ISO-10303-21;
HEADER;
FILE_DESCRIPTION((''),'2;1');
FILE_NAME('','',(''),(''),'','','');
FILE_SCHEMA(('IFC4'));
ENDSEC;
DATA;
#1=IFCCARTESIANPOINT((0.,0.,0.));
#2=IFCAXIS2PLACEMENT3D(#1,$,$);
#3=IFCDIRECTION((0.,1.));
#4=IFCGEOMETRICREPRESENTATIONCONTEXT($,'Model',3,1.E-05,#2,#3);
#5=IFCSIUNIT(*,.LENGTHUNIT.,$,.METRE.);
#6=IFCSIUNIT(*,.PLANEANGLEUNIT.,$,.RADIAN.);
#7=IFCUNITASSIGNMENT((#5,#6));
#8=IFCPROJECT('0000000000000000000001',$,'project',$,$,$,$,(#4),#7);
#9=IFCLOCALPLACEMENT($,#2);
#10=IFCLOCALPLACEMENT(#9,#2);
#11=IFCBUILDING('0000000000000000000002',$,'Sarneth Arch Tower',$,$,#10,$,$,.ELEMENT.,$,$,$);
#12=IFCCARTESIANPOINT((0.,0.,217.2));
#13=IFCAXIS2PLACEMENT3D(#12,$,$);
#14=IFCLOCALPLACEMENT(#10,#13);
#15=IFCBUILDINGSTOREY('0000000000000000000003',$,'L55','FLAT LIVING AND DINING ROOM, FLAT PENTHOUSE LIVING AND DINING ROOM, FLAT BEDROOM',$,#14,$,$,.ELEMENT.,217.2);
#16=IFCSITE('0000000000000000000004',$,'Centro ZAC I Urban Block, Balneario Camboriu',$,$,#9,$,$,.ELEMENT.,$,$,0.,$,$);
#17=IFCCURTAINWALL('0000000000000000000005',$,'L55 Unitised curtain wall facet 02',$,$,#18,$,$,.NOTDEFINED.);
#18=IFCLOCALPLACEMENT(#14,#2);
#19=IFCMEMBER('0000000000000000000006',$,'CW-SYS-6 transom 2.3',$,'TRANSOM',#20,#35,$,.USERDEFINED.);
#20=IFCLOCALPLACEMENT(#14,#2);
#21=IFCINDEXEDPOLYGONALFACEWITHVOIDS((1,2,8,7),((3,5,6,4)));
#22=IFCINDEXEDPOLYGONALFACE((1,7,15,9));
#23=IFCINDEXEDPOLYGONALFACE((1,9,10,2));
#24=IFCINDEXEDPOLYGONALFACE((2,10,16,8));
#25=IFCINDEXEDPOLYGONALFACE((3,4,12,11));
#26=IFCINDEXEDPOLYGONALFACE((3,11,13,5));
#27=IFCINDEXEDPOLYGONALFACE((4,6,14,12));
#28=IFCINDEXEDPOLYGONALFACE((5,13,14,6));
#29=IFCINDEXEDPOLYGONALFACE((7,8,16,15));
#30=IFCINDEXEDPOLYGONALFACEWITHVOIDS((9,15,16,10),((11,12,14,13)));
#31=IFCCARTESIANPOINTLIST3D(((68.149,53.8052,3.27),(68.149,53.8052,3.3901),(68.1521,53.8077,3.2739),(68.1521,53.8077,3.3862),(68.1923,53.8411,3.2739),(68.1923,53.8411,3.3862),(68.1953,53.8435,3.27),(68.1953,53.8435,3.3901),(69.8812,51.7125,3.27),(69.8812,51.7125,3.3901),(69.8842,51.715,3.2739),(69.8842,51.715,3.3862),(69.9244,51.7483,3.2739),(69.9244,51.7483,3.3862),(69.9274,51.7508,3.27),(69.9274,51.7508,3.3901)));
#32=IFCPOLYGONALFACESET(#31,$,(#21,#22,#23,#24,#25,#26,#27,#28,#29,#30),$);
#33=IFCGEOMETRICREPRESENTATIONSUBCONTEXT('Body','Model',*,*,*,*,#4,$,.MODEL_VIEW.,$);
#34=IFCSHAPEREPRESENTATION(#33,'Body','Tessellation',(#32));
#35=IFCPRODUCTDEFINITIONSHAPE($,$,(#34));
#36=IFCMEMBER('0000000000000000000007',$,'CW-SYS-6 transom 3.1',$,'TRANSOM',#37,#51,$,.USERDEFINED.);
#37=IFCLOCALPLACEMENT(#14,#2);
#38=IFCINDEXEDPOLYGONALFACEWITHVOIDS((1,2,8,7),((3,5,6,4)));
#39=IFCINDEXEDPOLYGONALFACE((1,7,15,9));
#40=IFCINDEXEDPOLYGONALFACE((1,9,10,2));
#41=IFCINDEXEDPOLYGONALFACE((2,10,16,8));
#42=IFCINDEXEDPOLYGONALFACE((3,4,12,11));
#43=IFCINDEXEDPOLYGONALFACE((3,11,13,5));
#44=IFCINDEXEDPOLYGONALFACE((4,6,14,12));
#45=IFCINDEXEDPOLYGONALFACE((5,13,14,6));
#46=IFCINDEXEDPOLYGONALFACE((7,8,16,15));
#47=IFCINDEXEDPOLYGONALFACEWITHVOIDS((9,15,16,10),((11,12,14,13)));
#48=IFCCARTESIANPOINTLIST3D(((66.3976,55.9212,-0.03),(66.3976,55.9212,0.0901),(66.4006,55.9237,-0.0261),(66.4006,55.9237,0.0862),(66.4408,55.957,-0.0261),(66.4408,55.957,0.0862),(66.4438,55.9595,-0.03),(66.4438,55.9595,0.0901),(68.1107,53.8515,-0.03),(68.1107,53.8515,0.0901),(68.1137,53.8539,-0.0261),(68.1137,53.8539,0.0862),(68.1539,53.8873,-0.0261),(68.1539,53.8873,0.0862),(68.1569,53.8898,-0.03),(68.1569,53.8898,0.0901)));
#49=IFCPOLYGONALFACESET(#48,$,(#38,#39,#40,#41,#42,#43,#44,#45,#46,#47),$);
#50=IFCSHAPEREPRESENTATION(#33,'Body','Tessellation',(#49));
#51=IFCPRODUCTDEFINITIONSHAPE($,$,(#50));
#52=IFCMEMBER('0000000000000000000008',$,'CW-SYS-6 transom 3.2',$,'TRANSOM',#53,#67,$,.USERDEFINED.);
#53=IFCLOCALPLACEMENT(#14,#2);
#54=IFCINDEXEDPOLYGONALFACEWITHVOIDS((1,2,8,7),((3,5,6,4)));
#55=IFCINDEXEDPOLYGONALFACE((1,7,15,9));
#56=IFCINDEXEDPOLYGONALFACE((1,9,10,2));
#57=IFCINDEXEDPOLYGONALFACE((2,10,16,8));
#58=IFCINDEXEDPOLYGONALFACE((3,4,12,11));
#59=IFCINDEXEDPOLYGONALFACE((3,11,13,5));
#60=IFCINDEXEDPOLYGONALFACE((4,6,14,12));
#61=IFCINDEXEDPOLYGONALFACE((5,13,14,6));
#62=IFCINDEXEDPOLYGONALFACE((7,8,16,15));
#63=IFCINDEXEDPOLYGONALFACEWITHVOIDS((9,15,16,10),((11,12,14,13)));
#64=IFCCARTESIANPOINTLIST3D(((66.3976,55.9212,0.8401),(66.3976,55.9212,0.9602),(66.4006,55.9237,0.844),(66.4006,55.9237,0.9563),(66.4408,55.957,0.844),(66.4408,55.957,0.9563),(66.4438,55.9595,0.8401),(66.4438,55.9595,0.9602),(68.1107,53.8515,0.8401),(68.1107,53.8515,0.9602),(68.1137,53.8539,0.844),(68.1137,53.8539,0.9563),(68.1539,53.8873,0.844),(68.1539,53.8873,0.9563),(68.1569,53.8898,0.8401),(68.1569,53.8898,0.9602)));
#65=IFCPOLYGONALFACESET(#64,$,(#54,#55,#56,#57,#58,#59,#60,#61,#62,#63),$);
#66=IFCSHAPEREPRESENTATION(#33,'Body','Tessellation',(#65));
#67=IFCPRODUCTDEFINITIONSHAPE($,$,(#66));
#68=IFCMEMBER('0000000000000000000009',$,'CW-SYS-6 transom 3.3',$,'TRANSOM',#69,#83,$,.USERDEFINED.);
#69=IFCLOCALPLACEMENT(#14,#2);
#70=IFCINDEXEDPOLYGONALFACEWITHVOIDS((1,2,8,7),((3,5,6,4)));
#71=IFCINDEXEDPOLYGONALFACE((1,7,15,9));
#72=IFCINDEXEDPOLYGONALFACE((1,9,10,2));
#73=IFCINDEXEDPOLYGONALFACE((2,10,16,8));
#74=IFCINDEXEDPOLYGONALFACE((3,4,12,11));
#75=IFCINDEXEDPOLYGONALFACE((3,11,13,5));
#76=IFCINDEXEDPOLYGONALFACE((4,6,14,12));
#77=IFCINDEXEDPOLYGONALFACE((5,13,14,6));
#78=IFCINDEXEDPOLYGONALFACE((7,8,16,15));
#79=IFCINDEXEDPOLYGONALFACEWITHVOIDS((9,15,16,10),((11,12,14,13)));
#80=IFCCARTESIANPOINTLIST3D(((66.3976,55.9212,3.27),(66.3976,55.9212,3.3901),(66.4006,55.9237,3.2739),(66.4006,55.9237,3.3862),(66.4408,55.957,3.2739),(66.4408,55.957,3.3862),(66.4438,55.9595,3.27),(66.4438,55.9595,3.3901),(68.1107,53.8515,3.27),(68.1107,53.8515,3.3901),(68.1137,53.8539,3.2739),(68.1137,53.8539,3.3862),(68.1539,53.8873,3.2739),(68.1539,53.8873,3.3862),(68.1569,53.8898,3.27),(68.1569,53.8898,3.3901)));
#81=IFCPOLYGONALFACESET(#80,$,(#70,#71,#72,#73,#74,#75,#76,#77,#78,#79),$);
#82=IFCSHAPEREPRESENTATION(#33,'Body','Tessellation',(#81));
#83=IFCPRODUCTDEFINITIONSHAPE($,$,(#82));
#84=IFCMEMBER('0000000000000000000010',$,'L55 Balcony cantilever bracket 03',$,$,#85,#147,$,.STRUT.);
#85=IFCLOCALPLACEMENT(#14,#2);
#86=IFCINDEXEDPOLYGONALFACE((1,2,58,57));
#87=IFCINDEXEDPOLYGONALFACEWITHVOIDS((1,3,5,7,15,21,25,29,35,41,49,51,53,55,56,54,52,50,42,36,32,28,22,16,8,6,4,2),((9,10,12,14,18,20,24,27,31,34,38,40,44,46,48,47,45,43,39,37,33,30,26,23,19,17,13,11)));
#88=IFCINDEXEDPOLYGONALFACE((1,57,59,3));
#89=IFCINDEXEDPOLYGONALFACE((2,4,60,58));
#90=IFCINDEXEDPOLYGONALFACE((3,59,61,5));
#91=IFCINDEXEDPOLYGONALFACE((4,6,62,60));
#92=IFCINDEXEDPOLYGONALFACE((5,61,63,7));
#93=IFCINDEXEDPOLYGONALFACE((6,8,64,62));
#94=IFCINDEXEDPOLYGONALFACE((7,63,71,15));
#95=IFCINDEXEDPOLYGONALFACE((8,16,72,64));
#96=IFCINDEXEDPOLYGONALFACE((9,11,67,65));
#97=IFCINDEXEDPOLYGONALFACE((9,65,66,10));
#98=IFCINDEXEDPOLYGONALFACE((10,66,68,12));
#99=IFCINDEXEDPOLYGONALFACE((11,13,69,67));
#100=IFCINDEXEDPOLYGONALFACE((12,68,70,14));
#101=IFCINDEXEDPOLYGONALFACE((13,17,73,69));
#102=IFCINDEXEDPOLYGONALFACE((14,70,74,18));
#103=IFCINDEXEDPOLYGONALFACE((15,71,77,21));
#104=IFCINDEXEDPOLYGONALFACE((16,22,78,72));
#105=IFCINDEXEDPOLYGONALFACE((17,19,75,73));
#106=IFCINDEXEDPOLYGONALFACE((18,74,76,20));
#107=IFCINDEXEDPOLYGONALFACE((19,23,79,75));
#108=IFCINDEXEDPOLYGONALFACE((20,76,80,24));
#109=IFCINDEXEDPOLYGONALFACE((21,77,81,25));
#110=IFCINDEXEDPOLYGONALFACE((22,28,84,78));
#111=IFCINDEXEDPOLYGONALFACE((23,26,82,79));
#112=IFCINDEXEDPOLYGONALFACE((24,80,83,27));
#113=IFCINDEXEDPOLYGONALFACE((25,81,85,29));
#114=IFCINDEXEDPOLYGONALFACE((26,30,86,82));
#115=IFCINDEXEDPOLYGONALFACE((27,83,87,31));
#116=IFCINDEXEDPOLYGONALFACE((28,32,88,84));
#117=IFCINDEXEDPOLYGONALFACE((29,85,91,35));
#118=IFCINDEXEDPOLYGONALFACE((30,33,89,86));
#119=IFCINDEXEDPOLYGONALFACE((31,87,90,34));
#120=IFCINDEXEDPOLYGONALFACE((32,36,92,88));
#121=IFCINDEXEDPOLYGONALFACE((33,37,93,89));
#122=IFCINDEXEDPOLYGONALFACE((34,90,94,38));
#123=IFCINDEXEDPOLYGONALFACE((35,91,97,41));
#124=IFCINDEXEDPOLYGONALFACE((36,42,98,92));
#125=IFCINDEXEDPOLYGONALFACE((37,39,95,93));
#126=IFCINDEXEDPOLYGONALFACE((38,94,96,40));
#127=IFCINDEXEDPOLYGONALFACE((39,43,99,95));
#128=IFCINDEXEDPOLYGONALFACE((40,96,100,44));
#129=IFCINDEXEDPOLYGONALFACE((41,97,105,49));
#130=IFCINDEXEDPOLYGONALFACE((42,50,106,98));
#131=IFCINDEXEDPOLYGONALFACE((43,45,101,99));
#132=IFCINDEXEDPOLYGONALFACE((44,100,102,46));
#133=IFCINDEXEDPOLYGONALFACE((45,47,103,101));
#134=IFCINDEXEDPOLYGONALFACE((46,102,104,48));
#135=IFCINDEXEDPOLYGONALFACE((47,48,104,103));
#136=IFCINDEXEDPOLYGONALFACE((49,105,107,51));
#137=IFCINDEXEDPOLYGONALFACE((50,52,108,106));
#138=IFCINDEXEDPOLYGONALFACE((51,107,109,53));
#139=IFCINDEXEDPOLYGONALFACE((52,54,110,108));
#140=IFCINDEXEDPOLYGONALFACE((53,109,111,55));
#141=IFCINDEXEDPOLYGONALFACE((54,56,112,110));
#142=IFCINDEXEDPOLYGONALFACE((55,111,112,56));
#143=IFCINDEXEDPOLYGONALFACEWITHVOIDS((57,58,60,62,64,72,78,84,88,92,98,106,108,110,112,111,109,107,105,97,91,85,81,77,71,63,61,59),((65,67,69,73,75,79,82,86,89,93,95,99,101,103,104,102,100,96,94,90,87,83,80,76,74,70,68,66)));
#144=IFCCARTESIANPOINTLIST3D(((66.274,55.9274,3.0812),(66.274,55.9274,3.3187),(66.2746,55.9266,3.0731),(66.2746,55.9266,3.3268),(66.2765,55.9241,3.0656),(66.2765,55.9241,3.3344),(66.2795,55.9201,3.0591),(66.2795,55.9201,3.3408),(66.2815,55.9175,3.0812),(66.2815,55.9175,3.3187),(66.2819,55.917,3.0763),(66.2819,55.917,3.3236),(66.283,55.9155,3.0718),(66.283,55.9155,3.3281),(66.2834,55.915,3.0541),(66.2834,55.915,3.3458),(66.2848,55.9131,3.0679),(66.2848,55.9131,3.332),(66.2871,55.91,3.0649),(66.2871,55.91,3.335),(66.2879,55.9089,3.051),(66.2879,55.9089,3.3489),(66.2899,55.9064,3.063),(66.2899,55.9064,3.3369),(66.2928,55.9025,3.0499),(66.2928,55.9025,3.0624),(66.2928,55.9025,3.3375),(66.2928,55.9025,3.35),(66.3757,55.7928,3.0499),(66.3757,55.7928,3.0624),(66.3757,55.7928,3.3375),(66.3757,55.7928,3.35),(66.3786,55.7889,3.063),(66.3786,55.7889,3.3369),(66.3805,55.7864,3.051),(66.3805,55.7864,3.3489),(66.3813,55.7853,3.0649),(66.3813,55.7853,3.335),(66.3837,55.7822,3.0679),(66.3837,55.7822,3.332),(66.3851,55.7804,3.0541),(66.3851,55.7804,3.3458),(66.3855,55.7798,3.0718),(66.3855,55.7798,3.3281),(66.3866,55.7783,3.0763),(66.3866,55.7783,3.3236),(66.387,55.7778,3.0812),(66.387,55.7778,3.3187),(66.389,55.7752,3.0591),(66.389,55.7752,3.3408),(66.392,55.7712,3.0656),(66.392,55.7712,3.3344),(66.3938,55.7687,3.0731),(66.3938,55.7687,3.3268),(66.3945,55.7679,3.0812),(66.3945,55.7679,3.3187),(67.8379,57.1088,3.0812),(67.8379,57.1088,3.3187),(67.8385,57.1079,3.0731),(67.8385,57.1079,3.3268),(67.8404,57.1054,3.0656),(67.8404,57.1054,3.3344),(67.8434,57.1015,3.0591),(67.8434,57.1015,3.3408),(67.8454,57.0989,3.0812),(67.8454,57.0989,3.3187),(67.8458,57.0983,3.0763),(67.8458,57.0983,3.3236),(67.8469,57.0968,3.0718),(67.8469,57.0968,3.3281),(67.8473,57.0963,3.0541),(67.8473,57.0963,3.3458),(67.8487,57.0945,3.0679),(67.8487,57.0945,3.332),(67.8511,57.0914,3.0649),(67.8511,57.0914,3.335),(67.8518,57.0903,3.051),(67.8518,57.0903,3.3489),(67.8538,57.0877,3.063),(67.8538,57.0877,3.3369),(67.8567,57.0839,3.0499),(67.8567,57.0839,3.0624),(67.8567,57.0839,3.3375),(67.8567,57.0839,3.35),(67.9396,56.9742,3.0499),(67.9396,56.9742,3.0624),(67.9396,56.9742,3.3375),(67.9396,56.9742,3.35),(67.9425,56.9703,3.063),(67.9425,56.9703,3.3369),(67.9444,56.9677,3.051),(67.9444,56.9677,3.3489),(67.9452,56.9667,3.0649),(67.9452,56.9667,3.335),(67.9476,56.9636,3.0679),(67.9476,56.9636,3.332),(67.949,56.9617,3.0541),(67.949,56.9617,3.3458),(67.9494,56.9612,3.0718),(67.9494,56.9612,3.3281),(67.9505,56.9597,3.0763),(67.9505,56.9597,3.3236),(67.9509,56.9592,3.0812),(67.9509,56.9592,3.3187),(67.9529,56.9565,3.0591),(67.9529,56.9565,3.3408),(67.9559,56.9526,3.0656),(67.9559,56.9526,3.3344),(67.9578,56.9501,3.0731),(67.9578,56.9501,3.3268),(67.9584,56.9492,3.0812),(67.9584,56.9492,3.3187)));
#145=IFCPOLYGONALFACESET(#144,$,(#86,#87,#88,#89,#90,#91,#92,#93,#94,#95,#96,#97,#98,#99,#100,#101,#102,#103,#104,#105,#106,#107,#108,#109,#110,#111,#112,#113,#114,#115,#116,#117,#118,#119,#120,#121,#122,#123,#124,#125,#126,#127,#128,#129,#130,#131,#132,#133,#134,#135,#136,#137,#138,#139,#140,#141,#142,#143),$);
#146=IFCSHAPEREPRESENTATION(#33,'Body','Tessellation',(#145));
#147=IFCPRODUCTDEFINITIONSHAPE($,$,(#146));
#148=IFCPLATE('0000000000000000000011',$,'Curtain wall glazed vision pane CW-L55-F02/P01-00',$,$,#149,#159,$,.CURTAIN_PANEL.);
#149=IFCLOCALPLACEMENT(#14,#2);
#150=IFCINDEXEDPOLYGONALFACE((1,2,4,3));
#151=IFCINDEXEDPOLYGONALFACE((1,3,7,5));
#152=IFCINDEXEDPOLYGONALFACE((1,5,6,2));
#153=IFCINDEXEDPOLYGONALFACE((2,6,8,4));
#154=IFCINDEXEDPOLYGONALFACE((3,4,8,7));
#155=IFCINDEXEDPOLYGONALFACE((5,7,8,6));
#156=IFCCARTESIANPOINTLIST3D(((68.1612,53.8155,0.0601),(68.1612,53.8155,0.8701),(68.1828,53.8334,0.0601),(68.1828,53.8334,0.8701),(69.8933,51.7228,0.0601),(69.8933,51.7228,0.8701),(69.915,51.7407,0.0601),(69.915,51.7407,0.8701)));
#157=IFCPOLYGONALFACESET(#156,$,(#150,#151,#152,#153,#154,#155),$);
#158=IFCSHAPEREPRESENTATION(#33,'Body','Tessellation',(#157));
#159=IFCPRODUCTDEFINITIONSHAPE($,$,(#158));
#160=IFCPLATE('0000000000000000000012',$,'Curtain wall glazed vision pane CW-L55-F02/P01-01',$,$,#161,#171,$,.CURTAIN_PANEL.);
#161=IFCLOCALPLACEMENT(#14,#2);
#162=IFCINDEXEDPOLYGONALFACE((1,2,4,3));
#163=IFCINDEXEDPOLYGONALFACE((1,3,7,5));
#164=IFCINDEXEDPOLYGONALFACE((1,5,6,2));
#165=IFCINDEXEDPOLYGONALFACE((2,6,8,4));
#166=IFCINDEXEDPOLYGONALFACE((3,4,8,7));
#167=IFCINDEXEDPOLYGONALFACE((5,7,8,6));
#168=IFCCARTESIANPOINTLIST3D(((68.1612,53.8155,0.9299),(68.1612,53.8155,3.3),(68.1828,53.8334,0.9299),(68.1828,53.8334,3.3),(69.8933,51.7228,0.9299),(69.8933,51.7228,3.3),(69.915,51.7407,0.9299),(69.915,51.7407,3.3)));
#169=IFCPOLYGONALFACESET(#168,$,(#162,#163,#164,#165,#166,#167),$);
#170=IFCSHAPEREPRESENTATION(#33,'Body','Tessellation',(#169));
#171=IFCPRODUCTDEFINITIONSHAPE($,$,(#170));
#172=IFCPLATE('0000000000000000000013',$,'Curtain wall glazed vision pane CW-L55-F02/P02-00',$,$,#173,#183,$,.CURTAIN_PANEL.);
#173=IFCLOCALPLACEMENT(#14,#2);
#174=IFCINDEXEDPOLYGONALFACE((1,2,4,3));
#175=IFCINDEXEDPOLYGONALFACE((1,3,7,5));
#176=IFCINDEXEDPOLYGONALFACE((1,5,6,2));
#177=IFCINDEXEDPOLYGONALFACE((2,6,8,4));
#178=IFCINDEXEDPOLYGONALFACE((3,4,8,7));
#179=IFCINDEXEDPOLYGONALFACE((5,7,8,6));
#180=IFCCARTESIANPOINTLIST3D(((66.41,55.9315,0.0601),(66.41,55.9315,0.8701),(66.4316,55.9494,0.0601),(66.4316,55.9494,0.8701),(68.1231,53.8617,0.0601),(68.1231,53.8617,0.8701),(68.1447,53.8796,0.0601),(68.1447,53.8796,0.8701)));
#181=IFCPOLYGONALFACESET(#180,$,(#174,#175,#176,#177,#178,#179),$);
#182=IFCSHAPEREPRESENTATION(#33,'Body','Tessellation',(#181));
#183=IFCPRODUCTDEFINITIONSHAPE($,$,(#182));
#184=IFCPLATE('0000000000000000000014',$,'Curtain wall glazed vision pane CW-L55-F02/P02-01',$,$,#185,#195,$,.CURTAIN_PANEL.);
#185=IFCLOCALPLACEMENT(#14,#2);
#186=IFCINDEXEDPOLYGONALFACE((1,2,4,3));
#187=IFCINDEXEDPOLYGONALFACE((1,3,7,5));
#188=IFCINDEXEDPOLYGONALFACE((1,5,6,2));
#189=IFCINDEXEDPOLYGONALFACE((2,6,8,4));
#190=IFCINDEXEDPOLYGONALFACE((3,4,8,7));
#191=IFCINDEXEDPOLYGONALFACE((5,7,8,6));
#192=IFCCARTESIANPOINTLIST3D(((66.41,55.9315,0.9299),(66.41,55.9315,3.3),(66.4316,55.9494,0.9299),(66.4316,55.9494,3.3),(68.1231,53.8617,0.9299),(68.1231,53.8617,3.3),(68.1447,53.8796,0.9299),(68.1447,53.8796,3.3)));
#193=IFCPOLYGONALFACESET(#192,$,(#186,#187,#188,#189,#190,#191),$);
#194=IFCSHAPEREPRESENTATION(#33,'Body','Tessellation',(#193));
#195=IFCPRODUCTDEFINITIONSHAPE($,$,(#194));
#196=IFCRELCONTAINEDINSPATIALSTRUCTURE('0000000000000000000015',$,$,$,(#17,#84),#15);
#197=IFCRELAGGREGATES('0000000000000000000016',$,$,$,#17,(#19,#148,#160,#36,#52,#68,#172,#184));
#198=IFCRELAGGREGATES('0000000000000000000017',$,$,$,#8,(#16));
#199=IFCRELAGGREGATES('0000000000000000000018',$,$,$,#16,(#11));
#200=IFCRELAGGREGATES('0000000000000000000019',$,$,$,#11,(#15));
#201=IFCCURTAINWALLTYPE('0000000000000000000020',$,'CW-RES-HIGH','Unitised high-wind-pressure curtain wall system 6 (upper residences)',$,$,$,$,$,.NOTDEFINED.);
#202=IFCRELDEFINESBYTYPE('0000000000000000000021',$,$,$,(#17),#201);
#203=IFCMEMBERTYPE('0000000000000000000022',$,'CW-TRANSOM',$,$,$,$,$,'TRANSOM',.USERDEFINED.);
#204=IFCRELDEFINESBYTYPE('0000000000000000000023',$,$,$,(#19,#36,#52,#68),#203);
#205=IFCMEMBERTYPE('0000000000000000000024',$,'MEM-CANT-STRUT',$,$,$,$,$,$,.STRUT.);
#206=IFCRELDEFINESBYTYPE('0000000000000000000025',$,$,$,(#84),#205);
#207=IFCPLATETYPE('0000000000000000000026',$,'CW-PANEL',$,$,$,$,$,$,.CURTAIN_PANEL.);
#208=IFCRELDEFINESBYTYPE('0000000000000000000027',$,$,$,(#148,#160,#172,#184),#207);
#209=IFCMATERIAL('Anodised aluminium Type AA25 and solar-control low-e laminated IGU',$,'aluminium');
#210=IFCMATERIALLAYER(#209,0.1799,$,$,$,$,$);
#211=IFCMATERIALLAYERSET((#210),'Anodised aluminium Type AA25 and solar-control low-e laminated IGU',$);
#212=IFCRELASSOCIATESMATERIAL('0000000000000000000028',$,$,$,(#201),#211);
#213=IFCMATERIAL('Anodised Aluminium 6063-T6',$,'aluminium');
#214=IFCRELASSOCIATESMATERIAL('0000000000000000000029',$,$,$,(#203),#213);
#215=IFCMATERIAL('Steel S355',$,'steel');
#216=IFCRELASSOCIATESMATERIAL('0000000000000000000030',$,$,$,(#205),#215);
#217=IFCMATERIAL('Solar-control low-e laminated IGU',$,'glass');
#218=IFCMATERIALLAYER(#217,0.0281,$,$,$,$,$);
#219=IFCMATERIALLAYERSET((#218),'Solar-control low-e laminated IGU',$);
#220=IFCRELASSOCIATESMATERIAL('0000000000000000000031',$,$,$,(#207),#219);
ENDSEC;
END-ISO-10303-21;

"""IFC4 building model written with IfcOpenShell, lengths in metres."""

from ifc_helpers import new_model, si_unit, direction, frame, origin, origin_2d, place, context, subcontext, project, spatial, rectangle, hollow_rectangle, extrude, material, layer, layer_set, material_profile, profile_set, type_object, element, aggregate, save


model = new_model("IFC4")

# Units and contexts
model_context = context("Model", 3, precision=1e-05, world=origin(), true_north=direction((0.0, 1.0)))
body_context = subcontext(model_context, "Body", "Model", "MODEL_VIEW")
ifc_project = project(units=[si_unit("LENGTHUNIT", "METRE"), si_unit("PLANEANGLEUNIT", "RADIAN")], contexts=[model_context])

# Site, building, storey
site_placement = place(None, origin())
site = spatial("IfcSite", under=ifc_project, at=site_placement, Name="Centro ZAC I Urban Block, Balneario Camboriu", CompositionType="ELEMENT", RefElevation=0.0)
building_placement = place(site_placement, origin())
building = spatial("IfcBuilding", under=site, at=building_placement, Name="Sarneth Arch Tower", CompositionType="ELEMENT")
storey_placement = place(building_placement, frame((0.0, 0.0, 217.2)))
storey = spatial("IfcBuildingStorey", under=building, at=storey_placement, Name="L55", Description="FLAT LIVING AND DINING ROOM, FLAT PENTHOUSE LIVING AND DINING ROOM, FLAT BEDROOM", CompositionType="ELEMENT", Elevation=217.2)

# Curtain wall, members
ifc_material_1 = material(Name="Anodised aluminium Type AA25 and solar-control low-e laminated IGU", Category="aluminium")
ifc_layer_1 = layer(ifc_material_1, 0.1799)
ifc_layer_set_1 = layer_set([ifc_layer_1], Name="Anodised aluminium Type AA25 and solar-control low-e laminated IGU")
curtain_wall_type = type_object("IfcCurtainWallType", Name="CW-RES-HIGH", Description="Unitised high-wind-pressure curtain wall system 6 (upper residences)", PredefinedType="NOTDEFINED", material=ifc_layer_set_1)
curtain_wall_placement = place(storey_placement, origin())
curtain_wall = element("IfcCurtainWall", 1, at=curtain_wall_placement, inside=storey, type_object=curtain_wall_type, Name="L55 Unitised curtain wall facet 02", PredefinedType="NOTDEFINED")
ifc_material_2 = material(Name="Anodised Aluminium 6063-T6", Category="aluminium")
ifc_material_profile_1 = material_profile(ifc_material_2, hollow_rectangle(XDim=0.0601, YDim=0.1201, WallThickness=0.0039, at=origin_2d()), Name="AL-TRAN-120x60x4")
ifc_profile_set_1 = profile_set([ifc_material_profile_1], Name="Anodised Aluminium 6063-T6")
member_type_1 = type_object("IfcMemberType", Name="CW-TRANSOM", ElementType="TRANSOM", PredefinedType="USERDEFINED", material=ifc_profile_set_1)
member_1_placement = place(storey_placement, frame((69.9043, 51.7317, 3.3301), z_axis=(-0.637617, 0.770353, 0.0), x_axis=(-0.770353, -0.637617, 0.0)))
member_1 = element("IfcMember", 2, at=member_1_placement, type_object=member_type_1, Name="CW-SYS-6 transom 2.3", ObjectType="TRANSOM", PredefinedType="USERDEFINED", context=body_context, shape_type="SweptSolid", body=[
    extrude(hollow_rectangle(XDim=0.0601, YDim=0.1201, WallThickness=0.0039, at=origin_2d()), origin(), (0.0, 0.0, 1.0), 2.7166),
])
member_2_placement = place(storey_placement, frame((68.1338, 53.8706, 0.03), z_axis=(-0.637607, 0.770362, 0.0), x_axis=(-0.770362, -0.637607, 0.0)))
member_2 = element("IfcMember", 3, at=member_2_placement, type_object=member_type_1, Name="CW-SYS-6 transom 3.1", ObjectType="TRANSOM", PredefinedType="USERDEFINED", context=body_context, shape_type="SweptSolid", body=[
    extrude(hollow_rectangle(XDim=0.0601, YDim=0.1201, WallThickness=0.0039, at=origin_2d()), origin(), (0.0, 0.0, 1.0), 2.6868),
])
member_3_placement = place(storey_placement, frame((68.1338, 53.8706, 0.9001), z_axis=(-0.637607, 0.770362, 0.0), x_axis=(-0.770362, -0.637607, 0.0)))
member_3 = element("IfcMember", 4, at=member_3_placement, type_object=member_type_1, Name="CW-SYS-6 transom 3.2", ObjectType="TRANSOM", PredefinedType="USERDEFINED", context=body_context, shape_type="SweptSolid", body=[
    extrude(hollow_rectangle(XDim=0.0601, YDim=0.1201, WallThickness=0.0039, at=origin_2d()), origin(), (0.0, 0.0, 1.0), 2.6868),
])
member_4_placement = place(storey_placement, frame((68.1338, 53.8706, 3.3301), z_axis=(-0.637607, 0.770362, 0.0), x_axis=(-0.770362, -0.637607, 0.0)))
member_4 = element("IfcMember", 5, at=member_4_placement, type_object=member_type_1, Name="CW-SYS-6 transom 3.3", ObjectType="TRANSOM", PredefinedType="USERDEFINED", context=body_context, shape_type="SweptSolid", body=[
    extrude(hollow_rectangle(XDim=0.0601, YDim=0.1201, WallThickness=0.0039, at=origin_2d()), origin(), (0.0, 0.0, 1.0), 2.6868),
])

# Member
ifc_material_3 = material(Name="Steel S355", Category="steel")
ifc_material_profile_2 = material_profile(ifc_material_3, hollow_rectangle(XDim=0.2, YDim=0.3, WallThickness=0.0125, InnerFilletRadius=0.0188, OuterFilletRadius=0.0312, at=origin_2d()), Name="RHS300x200x12.5")
ifc_profile_set_2 = profile_set([ifc_material_profile_2], Name="Steel S355")
member_type_2 = type_object("IfcMemberType", Name="MEM-CANT-STRUT", PredefinedType="STRUT", material=ifc_profile_set_2)
member_5_placement = place(storey_placement, frame((66.3342, 55.8477, 3.2), z_axis=(0.797933, 0.602747, 0.0), x_axis=(-0.602747, 0.797933, 0.0)))
element("IfcMember", 6, at=member_5_placement, inside=storey, type_object=member_type_2, Name="L55 Balcony cantilever bracket 03", PredefinedType="STRUT", context=body_context, shape_type="SweptSolid", body=[
    extrude(hollow_rectangle(XDim=0.2, YDim=0.3, WallThickness=0.0125, InnerFilletRadius=0.0188, OuterFilletRadius=0.0312, at=origin_2d()), origin(), (0.0, 0.0, 1.0), 1.96),
])

# Plates
ifc_material_4 = material(Name="Solar-control low-e laminated IGU", Category="glass")
ifc_layer_2 = layer(ifc_material_4, 0.0281)
ifc_layer_set_2 = layer_set([ifc_layer_2], Name="Solar-control low-e laminated IGU")
plate_type_1 = type_object("IfcPlateType", Name="CW-PANEL", PredefinedType="CURTAIN_PANEL", material=ifc_layer_set_2)
plate_1_placement = place(storey_placement, frame((69.0381, 52.7781, 0.0601), z_axis=(0.0, 0.0, 1.0), x_axis=(-0.63761, 0.770359, 0.0)))
plate_1 = element("IfcPlate", 7, at=plate_1_placement, type_object=plate_type_1, Name="Curtain wall glazed vision pane CW-L55-F02/P01-00", PredefinedType="CURTAIN_PANEL", context=body_context, shape_type="SweptSolid", body=[
    extrude(rectangle(XDim=2.7166, YDim=0.0281, at=origin_2d()), origin(), (0.0, 0.0, 1.0), 0.8101),
])
plate_2_placement = place(storey_placement, frame((69.0381, 52.7781, 0.9299), z_axis=(0.0, 0.0, 1.0), x_axis=(-0.63761, 0.770359, 0.0)))
plate_2 = element("IfcPlate", 8, at=plate_2_placement, type_object=plate_type_1, Name="Curtain wall glazed vision pane CW-L55-F02/P01-01", PredefinedType="CURTAIN_PANEL", context=body_context, shape_type="SweptSolid", body=[
    extrude(rectangle(XDim=2.7166, YDim=0.0281, at=origin_2d()), origin(), (0.0, 0.0, 1.0), 2.3701),
])
plate_3_placement = place(storey_placement, frame((67.2773, 54.9055, 0.0601), z_axis=(0.0, 0.0, 1.0), x_axis=(-0.63761, 0.770359, 0.0)))
plate_3 = element("IfcPlate", 9, at=plate_3_placement, type_object=plate_type_1, Name="Curtain wall glazed vision pane CW-L55-F02/P02-00", PredefinedType="CURTAIN_PANEL", context=body_context, shape_type="SweptSolid", body=[
    extrude(rectangle(XDim=2.6868, YDim=0.0281, at=origin_2d()), origin(), (0.0, 0.0, 1.0), 0.8101),
])
plate_4_placement = place(storey_placement, frame((67.2773, 54.9055, 0.9299), z_axis=(0.0, 0.0, 1.0), x_axis=(-0.63761, 0.770359, 0.0)))
plate_4 = element("IfcPlate", 10, at=plate_4_placement, type_object=plate_type_1, Name="Curtain wall glazed vision pane CW-L55-F02/P02-01", PredefinedType="CURTAIN_PANEL", context=body_context, shape_type="SweptSolid", body=[
    extrude(rectangle(XDim=2.6868, YDim=0.0281, at=origin_2d()), origin(), (0.0, 0.0, 1.0), 2.3701),
])
aggregate(curtain_wall, [member_1, plate_1, plate_2, member_2, member_3, member_4, plate_3, plate_4])

save(model, "model.ifc")
